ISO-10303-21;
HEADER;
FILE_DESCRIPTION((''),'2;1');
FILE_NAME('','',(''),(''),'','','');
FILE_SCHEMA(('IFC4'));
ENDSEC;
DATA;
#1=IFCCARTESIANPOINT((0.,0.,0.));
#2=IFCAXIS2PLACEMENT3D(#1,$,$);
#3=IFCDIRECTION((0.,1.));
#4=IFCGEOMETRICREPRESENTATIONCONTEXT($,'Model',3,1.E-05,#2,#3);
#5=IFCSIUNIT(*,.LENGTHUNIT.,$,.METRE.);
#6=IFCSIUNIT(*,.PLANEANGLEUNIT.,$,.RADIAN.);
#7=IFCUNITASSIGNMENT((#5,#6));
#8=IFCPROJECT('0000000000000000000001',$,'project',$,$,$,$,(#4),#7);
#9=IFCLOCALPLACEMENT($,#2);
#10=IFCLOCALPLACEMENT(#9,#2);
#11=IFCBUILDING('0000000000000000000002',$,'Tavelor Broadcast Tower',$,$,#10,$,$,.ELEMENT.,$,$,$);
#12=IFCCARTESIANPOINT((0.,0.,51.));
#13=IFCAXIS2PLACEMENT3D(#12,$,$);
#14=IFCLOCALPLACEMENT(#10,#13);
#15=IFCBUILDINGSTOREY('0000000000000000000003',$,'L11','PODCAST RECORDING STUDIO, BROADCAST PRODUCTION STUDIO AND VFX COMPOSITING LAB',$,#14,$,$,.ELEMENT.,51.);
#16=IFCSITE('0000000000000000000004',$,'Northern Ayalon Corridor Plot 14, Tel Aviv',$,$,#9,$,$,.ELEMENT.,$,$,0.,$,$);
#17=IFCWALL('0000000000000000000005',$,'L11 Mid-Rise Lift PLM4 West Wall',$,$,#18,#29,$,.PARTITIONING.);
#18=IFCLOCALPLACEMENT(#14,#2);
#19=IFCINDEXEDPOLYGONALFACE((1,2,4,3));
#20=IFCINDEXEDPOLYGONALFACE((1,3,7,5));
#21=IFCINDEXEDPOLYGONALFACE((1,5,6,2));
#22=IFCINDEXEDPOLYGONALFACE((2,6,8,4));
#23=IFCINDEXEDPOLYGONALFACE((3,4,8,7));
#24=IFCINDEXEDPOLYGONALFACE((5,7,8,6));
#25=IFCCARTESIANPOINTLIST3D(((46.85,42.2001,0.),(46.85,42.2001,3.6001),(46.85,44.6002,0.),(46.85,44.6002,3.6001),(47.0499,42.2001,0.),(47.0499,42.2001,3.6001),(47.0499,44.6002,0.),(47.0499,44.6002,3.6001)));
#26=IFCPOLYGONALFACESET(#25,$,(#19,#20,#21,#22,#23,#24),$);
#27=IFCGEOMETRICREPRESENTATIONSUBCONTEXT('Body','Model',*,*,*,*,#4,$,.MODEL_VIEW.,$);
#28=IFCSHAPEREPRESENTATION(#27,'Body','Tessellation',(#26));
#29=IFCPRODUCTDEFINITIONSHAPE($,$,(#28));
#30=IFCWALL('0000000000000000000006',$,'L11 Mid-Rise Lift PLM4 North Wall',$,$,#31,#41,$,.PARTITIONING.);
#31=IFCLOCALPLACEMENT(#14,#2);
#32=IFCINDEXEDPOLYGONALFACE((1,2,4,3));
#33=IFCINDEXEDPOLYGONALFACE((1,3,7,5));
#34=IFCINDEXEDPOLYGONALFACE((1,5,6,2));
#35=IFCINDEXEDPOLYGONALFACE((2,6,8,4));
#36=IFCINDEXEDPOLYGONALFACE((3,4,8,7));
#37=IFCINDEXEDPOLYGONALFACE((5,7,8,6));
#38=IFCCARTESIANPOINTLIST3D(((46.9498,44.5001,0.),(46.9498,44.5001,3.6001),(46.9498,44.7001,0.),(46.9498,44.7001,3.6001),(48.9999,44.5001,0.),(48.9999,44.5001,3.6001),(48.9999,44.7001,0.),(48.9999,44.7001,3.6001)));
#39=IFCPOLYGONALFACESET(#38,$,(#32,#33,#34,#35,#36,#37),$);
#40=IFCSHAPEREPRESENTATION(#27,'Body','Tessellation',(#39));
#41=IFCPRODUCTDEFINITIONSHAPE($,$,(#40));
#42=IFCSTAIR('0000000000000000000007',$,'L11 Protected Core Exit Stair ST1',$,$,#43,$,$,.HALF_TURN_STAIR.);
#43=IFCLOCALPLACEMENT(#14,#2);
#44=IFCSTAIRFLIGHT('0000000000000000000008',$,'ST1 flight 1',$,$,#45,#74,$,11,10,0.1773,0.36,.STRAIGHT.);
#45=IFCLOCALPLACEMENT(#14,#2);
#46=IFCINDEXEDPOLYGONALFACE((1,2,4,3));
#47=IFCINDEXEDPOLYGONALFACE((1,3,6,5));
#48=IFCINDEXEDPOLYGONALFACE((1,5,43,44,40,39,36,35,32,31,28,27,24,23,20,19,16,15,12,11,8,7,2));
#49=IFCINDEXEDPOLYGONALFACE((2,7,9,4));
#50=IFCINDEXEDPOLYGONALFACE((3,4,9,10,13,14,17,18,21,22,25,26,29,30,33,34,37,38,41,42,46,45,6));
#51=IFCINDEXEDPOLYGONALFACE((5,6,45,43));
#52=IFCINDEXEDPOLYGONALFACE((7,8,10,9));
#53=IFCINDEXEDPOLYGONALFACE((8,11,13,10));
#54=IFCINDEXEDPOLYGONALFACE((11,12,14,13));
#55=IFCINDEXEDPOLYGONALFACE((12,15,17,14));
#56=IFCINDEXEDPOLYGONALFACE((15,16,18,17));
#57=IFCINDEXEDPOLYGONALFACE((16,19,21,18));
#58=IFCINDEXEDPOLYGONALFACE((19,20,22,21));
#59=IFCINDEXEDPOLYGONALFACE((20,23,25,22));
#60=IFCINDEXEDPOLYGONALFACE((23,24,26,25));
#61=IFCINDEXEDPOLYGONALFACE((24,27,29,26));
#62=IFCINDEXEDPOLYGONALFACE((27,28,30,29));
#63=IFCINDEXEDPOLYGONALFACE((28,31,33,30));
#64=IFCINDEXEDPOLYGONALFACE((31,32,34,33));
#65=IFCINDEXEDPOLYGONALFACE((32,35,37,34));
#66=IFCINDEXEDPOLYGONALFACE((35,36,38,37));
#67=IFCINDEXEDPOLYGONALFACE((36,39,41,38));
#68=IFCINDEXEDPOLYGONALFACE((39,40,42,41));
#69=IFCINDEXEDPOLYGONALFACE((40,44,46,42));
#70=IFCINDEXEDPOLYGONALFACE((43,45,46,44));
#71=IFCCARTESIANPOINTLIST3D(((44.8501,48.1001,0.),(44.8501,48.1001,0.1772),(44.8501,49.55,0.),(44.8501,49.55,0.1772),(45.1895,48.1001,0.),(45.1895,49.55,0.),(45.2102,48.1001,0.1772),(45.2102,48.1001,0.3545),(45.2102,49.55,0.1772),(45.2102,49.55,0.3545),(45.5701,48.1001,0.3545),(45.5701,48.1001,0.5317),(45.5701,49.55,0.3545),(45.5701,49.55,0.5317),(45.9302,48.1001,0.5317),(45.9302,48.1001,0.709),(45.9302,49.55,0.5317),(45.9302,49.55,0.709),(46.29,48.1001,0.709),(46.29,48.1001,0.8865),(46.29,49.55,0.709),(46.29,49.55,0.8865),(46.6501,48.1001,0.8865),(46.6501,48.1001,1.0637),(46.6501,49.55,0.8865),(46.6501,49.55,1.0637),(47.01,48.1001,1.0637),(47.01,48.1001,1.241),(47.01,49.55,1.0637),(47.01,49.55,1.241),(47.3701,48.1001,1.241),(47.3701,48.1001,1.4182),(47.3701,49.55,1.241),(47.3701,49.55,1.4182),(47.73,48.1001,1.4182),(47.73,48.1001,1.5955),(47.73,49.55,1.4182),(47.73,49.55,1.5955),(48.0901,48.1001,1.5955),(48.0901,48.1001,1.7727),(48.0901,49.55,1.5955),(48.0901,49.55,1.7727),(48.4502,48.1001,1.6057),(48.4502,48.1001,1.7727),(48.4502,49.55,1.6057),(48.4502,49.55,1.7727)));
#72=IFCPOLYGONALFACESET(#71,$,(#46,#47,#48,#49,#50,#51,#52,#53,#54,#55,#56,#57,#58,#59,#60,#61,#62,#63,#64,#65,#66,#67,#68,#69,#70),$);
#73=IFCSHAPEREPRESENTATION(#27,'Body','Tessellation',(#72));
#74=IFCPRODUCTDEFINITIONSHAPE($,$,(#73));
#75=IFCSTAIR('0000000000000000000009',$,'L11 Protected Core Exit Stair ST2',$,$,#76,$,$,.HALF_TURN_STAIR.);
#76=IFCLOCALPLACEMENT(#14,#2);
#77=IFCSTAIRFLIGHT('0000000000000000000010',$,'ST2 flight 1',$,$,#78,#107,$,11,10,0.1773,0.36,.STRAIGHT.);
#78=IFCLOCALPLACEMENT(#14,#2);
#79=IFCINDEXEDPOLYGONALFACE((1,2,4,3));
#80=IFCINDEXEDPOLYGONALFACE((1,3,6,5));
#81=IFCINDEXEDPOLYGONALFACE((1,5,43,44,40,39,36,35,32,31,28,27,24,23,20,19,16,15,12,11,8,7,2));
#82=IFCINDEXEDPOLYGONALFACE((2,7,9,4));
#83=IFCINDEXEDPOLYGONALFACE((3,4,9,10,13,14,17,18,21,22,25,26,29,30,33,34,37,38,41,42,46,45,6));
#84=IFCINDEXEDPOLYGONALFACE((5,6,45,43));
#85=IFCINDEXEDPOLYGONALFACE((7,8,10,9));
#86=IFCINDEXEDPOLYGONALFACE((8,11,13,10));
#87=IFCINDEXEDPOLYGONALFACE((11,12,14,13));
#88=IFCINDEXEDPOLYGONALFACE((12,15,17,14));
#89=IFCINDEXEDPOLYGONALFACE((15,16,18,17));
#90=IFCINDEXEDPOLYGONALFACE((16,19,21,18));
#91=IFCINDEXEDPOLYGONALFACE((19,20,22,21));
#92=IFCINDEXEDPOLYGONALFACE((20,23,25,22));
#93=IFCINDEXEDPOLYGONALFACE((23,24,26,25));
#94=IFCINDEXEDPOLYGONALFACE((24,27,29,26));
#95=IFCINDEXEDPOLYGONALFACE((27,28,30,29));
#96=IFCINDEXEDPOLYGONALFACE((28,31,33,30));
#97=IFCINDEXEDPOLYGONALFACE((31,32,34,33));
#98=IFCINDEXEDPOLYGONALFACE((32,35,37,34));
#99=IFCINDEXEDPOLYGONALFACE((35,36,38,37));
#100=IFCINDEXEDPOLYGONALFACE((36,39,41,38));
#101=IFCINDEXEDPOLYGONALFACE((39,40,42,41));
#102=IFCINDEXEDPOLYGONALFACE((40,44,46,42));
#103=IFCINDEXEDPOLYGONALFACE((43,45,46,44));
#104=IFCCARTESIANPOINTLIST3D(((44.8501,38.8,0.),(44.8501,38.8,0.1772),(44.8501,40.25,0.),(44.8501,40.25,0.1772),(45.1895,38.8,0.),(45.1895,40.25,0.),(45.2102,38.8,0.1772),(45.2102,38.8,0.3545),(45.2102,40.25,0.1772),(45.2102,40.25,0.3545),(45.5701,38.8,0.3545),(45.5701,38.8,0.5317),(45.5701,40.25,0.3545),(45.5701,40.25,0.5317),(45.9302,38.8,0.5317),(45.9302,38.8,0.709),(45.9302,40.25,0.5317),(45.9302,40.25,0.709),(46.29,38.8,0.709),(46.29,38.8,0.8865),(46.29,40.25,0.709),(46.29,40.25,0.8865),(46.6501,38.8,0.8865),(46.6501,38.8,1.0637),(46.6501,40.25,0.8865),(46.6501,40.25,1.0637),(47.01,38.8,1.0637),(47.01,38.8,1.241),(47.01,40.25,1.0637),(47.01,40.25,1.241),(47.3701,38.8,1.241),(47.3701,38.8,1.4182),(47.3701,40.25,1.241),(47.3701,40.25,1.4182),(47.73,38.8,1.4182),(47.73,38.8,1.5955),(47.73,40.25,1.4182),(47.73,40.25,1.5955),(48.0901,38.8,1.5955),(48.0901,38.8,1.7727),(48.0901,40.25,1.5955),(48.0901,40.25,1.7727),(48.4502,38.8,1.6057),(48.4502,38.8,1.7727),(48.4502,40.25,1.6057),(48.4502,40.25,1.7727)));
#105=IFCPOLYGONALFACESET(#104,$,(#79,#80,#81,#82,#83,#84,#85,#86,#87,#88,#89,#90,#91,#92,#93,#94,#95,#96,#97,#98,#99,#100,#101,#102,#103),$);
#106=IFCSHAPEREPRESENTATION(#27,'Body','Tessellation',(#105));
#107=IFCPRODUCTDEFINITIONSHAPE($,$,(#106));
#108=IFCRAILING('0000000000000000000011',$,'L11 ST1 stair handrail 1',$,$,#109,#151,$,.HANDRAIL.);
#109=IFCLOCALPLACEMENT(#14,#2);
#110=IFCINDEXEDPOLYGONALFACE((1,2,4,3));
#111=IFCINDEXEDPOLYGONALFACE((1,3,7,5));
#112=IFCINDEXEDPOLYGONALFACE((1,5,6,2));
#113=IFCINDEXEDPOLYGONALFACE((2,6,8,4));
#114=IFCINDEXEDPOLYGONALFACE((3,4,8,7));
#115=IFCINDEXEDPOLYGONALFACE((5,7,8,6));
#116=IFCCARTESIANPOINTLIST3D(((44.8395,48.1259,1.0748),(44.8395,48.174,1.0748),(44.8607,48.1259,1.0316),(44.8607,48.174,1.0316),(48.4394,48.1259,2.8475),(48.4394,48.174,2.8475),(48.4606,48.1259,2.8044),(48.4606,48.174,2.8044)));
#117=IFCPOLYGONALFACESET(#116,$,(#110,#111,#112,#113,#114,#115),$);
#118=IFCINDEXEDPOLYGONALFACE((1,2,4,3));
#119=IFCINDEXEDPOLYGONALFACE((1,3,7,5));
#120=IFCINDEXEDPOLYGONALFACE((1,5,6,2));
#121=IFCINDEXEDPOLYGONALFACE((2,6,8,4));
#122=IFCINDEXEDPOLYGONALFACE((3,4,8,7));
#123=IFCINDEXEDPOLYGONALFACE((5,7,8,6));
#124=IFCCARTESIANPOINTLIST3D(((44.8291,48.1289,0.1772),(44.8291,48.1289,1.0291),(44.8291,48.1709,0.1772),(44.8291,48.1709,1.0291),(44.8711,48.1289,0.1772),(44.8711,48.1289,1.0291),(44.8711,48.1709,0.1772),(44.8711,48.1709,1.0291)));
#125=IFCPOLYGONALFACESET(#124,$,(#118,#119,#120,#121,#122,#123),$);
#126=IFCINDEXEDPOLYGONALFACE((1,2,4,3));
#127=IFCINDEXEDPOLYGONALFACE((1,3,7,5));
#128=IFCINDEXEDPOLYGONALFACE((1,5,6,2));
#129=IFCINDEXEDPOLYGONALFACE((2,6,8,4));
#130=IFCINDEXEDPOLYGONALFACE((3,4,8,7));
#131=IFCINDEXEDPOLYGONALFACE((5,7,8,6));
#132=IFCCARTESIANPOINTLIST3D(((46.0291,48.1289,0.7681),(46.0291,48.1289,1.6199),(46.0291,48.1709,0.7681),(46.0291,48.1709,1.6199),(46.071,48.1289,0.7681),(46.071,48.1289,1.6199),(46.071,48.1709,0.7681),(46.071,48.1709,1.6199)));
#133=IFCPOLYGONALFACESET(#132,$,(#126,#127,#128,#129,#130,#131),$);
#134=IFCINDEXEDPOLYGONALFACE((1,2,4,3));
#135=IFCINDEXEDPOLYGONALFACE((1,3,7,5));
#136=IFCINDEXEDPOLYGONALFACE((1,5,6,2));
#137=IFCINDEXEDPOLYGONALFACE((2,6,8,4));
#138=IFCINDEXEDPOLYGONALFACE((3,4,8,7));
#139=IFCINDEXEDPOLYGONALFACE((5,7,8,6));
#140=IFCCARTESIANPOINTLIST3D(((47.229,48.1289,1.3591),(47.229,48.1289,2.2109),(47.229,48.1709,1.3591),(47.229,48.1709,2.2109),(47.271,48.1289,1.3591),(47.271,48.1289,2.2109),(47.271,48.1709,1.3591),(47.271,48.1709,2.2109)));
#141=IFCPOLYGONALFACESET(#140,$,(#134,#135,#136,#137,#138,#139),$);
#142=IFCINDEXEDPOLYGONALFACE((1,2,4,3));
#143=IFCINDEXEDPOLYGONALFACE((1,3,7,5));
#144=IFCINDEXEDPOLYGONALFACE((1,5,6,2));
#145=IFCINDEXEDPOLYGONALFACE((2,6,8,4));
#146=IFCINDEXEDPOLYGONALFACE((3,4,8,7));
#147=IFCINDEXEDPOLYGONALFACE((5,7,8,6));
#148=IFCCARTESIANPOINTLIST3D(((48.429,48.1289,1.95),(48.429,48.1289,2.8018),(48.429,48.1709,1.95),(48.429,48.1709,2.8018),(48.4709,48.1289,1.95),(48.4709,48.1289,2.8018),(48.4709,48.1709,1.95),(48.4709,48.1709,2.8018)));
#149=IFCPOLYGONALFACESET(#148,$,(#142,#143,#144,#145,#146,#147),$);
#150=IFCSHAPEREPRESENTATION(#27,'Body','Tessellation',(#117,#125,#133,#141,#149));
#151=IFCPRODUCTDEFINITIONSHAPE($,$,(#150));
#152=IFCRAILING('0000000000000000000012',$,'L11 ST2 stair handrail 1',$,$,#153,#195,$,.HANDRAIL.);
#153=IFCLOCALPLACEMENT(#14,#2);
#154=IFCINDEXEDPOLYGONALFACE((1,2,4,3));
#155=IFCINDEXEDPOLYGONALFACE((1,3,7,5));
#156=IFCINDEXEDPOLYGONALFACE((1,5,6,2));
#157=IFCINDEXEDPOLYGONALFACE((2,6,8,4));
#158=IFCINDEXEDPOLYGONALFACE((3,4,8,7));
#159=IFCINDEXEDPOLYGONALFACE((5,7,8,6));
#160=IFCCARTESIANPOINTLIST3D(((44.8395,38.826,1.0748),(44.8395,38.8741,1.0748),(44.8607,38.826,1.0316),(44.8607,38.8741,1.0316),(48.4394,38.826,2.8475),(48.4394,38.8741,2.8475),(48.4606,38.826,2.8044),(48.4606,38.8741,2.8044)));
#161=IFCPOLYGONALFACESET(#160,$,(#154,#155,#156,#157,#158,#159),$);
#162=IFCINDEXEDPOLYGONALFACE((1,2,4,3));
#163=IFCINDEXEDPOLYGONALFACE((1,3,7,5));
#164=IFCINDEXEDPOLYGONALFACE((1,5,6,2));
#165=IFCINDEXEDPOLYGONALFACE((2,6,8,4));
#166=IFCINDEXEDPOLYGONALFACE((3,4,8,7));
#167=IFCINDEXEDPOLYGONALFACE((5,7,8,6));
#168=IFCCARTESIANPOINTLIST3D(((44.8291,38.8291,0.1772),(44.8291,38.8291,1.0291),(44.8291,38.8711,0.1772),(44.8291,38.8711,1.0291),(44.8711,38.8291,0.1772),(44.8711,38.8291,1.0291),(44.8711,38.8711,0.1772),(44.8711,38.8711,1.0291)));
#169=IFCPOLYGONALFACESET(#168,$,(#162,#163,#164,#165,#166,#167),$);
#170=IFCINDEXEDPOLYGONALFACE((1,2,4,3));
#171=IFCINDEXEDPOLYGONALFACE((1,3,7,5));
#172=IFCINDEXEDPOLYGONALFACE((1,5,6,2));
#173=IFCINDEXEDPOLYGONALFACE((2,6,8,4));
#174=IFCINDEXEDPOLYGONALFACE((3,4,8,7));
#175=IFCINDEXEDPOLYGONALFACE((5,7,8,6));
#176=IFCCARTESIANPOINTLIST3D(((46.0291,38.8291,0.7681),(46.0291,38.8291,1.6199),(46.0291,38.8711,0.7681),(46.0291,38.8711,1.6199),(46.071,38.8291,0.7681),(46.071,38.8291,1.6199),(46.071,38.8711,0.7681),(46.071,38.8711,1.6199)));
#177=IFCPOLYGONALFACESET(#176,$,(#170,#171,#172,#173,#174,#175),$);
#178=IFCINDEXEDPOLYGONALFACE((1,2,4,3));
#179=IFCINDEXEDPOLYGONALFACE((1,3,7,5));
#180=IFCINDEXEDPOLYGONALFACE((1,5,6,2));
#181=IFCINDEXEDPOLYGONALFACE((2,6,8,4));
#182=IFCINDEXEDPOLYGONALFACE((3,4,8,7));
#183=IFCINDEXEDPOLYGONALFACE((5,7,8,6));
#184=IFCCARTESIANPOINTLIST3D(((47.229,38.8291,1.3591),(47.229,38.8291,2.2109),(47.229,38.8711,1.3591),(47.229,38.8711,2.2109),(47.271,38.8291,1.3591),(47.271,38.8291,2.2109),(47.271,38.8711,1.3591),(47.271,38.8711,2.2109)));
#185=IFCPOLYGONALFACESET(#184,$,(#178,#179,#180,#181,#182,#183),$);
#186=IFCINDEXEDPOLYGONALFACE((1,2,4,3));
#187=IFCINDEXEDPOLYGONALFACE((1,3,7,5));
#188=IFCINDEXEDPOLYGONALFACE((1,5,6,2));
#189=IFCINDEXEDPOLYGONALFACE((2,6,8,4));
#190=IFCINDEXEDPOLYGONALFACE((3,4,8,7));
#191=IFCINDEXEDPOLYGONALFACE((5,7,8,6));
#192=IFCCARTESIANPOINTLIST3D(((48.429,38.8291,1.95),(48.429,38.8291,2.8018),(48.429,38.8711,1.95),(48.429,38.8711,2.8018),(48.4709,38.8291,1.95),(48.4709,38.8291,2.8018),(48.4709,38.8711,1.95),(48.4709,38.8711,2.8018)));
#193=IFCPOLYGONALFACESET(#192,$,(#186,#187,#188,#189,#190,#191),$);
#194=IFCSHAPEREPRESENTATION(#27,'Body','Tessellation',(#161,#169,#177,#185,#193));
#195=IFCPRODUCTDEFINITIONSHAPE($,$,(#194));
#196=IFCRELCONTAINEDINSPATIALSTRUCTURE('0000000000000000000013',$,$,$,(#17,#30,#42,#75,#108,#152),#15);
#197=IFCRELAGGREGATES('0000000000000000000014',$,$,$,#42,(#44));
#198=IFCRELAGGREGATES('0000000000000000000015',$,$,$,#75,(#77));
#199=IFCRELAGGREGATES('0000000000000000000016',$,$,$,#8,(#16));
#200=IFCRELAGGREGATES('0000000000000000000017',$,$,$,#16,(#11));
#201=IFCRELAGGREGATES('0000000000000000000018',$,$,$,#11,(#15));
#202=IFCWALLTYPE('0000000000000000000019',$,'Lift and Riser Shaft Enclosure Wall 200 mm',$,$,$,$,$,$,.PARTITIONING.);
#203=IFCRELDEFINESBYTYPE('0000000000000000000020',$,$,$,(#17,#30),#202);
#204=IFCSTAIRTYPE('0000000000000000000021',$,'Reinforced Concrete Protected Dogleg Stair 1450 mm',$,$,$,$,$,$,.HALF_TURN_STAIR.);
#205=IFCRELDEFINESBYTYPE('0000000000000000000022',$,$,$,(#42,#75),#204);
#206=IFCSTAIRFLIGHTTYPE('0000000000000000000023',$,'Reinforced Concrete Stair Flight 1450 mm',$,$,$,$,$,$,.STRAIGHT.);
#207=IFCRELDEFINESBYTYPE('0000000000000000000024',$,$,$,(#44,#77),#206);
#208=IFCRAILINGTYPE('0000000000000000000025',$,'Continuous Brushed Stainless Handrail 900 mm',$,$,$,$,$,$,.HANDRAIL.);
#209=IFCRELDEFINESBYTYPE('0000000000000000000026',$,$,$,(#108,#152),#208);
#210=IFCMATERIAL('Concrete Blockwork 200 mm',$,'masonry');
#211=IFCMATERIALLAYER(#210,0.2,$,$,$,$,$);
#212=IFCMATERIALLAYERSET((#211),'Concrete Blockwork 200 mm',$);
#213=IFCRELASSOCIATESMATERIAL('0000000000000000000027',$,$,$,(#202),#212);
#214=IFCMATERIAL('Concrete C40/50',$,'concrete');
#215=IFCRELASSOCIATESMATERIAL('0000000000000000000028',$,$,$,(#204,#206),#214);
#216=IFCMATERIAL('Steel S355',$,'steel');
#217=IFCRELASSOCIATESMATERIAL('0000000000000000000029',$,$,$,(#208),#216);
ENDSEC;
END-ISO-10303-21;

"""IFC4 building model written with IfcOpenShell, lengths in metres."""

from ifc_helpers import new_model, si_unit, direction, frame, frame_2d, origin, origin_2d, place, context, subcontext, project, spatial, polyline, rectangle, outline, extrude, material, layer, layer_set, type_object, element, aggregate, save


model = new_model("IFC4")

# Units and contexts
model_context = context("Model", 3, precision=1e-05, world=origin(), true_north=direction((0.0, 1.0)))
body_context = subcontext(model_context, "Body", "Model", "MODEL_VIEW")
ifc_project = project(units=[si_unit("LENGTHUNIT", "METRE"), si_unit("PLANEANGLEUNIT", "RADIAN")], contexts=[model_context])

# Site, building, storey
site_placement = place(None, origin())
site = spatial("IfcSite", under=ifc_project, at=site_placement, Name="Northern Ayalon Corridor Plot 14, Tel Aviv", CompositionType="ELEMENT", RefElevation=0.0)
building_placement = place(site_placement, origin())
building = spatial("IfcBuilding", under=site, at=building_placement, Name="Tavelor Broadcast Tower", CompositionType="ELEMENT")
storey_placement = place(building_placement, frame((0.0, 0.0, 51.0)))
storey = spatial("IfcBuildingStorey", under=building, at=storey_placement, Name="L11", Description="PODCAST RECORDING STUDIO, BROADCAST PRODUCTION STUDIO AND VFX COMPOSITING LAB", CompositionType="ELEMENT", Elevation=51.0)

# Shared definitions
ifc_material_1 = material(Name="Concrete C40/50", Category="concrete")
ifc_material_2 = material(Name="Steel S355", Category="steel")

# Walls
ifc_material_3 = material(Name="Concrete Blockwork 200 mm", Category="masonry")
ifc_layer_1 = layer(ifc_material_3, 0.2)
ifc_layer_set_1 = layer_set([ifc_layer_1], Name="Concrete Blockwork 200 mm")
wall_type_1 = type_object("IfcWallType", Name="Lift and Riser Shaft Enclosure Wall 200 mm", PredefinedType="PARTITIONING", material=ifc_layer_set_1)
wall_1_placement = place(storey_placement, frame((46.95, 42.2, 0.0), z_axis=(0.0, 0.0, 1.0), x_axis=(0.0, 1.0, 0.0)))
element("IfcWall", 1, at=wall_1_placement, inside=storey, type_object=wall_type_1, Name="L11 Mid-Rise Lift PLM4 West Wall", PredefinedType="PARTITIONING", context=body_context, shape_type="SweptSolid", body=[
    extrude(rectangle(XDim=2.4001, YDim=0.2, at=frame_2d((1.2002, 0.0))), origin(), (0.0, 0.0, 1.0), 3.6001),
])
wall_2_placement = place(storey_placement, frame((46.95, 44.6001, 0.0), z_axis=(0.0, 0.0, 1.0), x_axis=(1.0, 0.0, 0.0)))
element("IfcWall", 2, at=wall_2_placement, inside=storey, type_object=wall_type_1, Name="L11 Mid-Rise Lift PLM4 North Wall", PredefinedType="PARTITIONING", context=body_context, shape_type="SweptSolid", body=[
    extrude(rectangle(XDim=2.05, YDim=0.2, at=frame_2d((1.0249, 0.0))), origin(), (0.0, 0.0, 1.0), 3.6001),
])

# Stairs, stair flights
stair_type = type_object("IfcStairType", Name="Reinforced Concrete Protected Dogleg Stair 1450 mm", PredefinedType="HALF_TURN_STAIR", material=ifc_material_1)
stair_1_placement = place(storey_placement, origin())
stair_1 = element("IfcStair", 3, at=stair_1_placement, inside=storey, type_object=stair_type, Name="L11 Protected Core Exit Stair ST1", PredefinedType="HALF_TURN_STAIR")
stair_flight_type = type_object("IfcStairFlightType", Name="Reinforced Concrete Stair Flight 1450 mm", PredefinedType="STRAIGHT", material=ifc_material_1)
stair_flight_1_placement = place(storey_placement, frame((44.8501, 48.825, 0.0), z_axis=(0.0, 0.0, 1.0), x_axis=(1.0, 0.0, 0.0)))
stair_flight_1 = element("IfcStairFlight", 4, at=stair_flight_1_placement, type_object=stair_flight_type, Name="ST1 flight 1", NumberOfRisers=11, NumberOfTreads=10, PredefinedType="STRAIGHT", RiserHeight=0.1773, TreadLength=0.36, context=body_context, shape_type="SweptSolid", body=[
    extrude(outline(polyline([(0.0, 0.0), (0.0, 0.1772), (0.3601, 0.1772), (0.3601, 0.3545), (0.72, 0.3545), (0.72, 0.5317), (1.0801, 0.5317), (1.0801, 0.709), (1.4399, 0.709), (1.4399, 0.8865), (1.8, 0.8865), (1.8, 1.0637), (2.1599, 1.0637), (2.1599, 1.241), (2.52, 1.241), (2.52, 1.4182), (2.8799, 1.4182), (2.8799, 1.5955), (3.24, 1.5955), (3.24, 1.7727), (3.6001, 1.7727), (3.6001, 1.95), (3.6001, 1.6057), (0.3394, 0.0), (0.0, 0.0)])), frame((0.0, 0.7251, 0.0), z_axis=(0.0, -1.0, 0.0), x_axis=(1.0, 0.0, 0.0)), (0.0, 0.0, 1.0), 1.45),
])
aggregate(stair_1, [stair_flight_1])
stair_2_placement = place(storey_placement, origin())
stair_2 = element("IfcStair", 5, at=stair_2_placement, inside=storey, type_object=stair_type, Name="L11 Protected Core Exit Stair ST2", PredefinedType="HALF_TURN_STAIR")
stair_flight_2_placement = place(storey_placement, frame((44.8501, 39.5249, 0.0), z_axis=(0.0, 0.0, 1.0), x_axis=(1.0, 0.0, 0.0)))
stair_flight_2 = element("IfcStairFlight", 6, at=stair_flight_2_placement, type_object=stair_flight_type, Name="ST2 flight 1", NumberOfRisers=11, NumberOfTreads=10, PredefinedType="STRAIGHT", RiserHeight=0.1773, TreadLength=0.36, context=body_context, shape_type="SweptSolid", body=[
    extrude(outline(polyline([(0.0, 0.0), (0.0, 0.1772), (0.3601, 0.1772), (0.3601, 0.3545), (0.72, 0.3545), (0.72, 0.5317), (1.0801, 0.5317), (1.0801, 0.709), (1.4399, 0.709), (1.4399, 0.8865), (1.8, 0.8865), (1.8, 1.0637), (2.1599, 1.0637), (2.1599, 1.241), (2.52, 1.241), (2.52, 1.4182), (2.8799, 1.4182), (2.8799, 1.5955), (3.24, 1.5955), (3.24, 1.7727), (3.6001, 1.7727), (3.6001, 1.95), (3.6001, 1.6057), (0.3394, 0.0), (0.0, 0.0)])), frame((0.0, 0.7251, 0.0), z_axis=(0.0, -1.0, 0.0), x_axis=(1.0, 0.0, 0.0)), (0.0, 0.0, 1.0), 1.45),
])
aggregate(stair_2, [stair_flight_2])

# Railings
railing_type_1 = type_object("IfcRailingType", Name="Continuous Brushed Stainless Handrail 900 mm", PredefinedType="HANDRAIL", material=ifc_material_2)
for number, where, name in (
    (7, (44.8501, 48.1499, 0.1772), "L11 ST1 stair handrail 1"),
    (8, (44.8501, 38.8501, 0.1772), "L11 ST2 stair handrail 1"),
):
    element("IfcRailing", number, at=place(storey_placement, frame(where)), inside=storey, type_object=railing_type_1, Name=name, PredefinedType="HANDRAIL", context=body_context, shape_type="SweptSolid", body=[
        extrude(rectangle(XDim=0.0481, YDim=0.0481, at=origin_2d()), frame((0.0, 0.0, 0.876), z_axis=(0.897124, 0.0, 0.441778), x_axis=(0.0, 1.0, 0.0)), (0.0, 0.0, 1.0), 4.0127),
        extrude(rectangle(XDim=0.042, YDim=0.042, at=origin_2d()), origin(), (0.0, 0.0, 1.0), 0.8518),
        extrude(rectangle(XDim=0.042, YDim=0.042, at=origin_2d()), frame((1.2, 0.0, 0.5908)), (0.0, 0.0, 1.0), 0.8518),
        extrude(rectangle(XDim=0.042, YDim=0.042, at=origin_2d()), frame((2.3999, 0.0, 1.1819)), (0.0, 0.0, 1.0), 0.8518),
        extrude(rectangle(XDim=0.042, YDim=0.042, at=origin_2d()), frame((3.5999, 0.0, 1.7727)), (0.0, 0.0, 1.0), 0.8518),
    ])

save(model, "model.ifc")
